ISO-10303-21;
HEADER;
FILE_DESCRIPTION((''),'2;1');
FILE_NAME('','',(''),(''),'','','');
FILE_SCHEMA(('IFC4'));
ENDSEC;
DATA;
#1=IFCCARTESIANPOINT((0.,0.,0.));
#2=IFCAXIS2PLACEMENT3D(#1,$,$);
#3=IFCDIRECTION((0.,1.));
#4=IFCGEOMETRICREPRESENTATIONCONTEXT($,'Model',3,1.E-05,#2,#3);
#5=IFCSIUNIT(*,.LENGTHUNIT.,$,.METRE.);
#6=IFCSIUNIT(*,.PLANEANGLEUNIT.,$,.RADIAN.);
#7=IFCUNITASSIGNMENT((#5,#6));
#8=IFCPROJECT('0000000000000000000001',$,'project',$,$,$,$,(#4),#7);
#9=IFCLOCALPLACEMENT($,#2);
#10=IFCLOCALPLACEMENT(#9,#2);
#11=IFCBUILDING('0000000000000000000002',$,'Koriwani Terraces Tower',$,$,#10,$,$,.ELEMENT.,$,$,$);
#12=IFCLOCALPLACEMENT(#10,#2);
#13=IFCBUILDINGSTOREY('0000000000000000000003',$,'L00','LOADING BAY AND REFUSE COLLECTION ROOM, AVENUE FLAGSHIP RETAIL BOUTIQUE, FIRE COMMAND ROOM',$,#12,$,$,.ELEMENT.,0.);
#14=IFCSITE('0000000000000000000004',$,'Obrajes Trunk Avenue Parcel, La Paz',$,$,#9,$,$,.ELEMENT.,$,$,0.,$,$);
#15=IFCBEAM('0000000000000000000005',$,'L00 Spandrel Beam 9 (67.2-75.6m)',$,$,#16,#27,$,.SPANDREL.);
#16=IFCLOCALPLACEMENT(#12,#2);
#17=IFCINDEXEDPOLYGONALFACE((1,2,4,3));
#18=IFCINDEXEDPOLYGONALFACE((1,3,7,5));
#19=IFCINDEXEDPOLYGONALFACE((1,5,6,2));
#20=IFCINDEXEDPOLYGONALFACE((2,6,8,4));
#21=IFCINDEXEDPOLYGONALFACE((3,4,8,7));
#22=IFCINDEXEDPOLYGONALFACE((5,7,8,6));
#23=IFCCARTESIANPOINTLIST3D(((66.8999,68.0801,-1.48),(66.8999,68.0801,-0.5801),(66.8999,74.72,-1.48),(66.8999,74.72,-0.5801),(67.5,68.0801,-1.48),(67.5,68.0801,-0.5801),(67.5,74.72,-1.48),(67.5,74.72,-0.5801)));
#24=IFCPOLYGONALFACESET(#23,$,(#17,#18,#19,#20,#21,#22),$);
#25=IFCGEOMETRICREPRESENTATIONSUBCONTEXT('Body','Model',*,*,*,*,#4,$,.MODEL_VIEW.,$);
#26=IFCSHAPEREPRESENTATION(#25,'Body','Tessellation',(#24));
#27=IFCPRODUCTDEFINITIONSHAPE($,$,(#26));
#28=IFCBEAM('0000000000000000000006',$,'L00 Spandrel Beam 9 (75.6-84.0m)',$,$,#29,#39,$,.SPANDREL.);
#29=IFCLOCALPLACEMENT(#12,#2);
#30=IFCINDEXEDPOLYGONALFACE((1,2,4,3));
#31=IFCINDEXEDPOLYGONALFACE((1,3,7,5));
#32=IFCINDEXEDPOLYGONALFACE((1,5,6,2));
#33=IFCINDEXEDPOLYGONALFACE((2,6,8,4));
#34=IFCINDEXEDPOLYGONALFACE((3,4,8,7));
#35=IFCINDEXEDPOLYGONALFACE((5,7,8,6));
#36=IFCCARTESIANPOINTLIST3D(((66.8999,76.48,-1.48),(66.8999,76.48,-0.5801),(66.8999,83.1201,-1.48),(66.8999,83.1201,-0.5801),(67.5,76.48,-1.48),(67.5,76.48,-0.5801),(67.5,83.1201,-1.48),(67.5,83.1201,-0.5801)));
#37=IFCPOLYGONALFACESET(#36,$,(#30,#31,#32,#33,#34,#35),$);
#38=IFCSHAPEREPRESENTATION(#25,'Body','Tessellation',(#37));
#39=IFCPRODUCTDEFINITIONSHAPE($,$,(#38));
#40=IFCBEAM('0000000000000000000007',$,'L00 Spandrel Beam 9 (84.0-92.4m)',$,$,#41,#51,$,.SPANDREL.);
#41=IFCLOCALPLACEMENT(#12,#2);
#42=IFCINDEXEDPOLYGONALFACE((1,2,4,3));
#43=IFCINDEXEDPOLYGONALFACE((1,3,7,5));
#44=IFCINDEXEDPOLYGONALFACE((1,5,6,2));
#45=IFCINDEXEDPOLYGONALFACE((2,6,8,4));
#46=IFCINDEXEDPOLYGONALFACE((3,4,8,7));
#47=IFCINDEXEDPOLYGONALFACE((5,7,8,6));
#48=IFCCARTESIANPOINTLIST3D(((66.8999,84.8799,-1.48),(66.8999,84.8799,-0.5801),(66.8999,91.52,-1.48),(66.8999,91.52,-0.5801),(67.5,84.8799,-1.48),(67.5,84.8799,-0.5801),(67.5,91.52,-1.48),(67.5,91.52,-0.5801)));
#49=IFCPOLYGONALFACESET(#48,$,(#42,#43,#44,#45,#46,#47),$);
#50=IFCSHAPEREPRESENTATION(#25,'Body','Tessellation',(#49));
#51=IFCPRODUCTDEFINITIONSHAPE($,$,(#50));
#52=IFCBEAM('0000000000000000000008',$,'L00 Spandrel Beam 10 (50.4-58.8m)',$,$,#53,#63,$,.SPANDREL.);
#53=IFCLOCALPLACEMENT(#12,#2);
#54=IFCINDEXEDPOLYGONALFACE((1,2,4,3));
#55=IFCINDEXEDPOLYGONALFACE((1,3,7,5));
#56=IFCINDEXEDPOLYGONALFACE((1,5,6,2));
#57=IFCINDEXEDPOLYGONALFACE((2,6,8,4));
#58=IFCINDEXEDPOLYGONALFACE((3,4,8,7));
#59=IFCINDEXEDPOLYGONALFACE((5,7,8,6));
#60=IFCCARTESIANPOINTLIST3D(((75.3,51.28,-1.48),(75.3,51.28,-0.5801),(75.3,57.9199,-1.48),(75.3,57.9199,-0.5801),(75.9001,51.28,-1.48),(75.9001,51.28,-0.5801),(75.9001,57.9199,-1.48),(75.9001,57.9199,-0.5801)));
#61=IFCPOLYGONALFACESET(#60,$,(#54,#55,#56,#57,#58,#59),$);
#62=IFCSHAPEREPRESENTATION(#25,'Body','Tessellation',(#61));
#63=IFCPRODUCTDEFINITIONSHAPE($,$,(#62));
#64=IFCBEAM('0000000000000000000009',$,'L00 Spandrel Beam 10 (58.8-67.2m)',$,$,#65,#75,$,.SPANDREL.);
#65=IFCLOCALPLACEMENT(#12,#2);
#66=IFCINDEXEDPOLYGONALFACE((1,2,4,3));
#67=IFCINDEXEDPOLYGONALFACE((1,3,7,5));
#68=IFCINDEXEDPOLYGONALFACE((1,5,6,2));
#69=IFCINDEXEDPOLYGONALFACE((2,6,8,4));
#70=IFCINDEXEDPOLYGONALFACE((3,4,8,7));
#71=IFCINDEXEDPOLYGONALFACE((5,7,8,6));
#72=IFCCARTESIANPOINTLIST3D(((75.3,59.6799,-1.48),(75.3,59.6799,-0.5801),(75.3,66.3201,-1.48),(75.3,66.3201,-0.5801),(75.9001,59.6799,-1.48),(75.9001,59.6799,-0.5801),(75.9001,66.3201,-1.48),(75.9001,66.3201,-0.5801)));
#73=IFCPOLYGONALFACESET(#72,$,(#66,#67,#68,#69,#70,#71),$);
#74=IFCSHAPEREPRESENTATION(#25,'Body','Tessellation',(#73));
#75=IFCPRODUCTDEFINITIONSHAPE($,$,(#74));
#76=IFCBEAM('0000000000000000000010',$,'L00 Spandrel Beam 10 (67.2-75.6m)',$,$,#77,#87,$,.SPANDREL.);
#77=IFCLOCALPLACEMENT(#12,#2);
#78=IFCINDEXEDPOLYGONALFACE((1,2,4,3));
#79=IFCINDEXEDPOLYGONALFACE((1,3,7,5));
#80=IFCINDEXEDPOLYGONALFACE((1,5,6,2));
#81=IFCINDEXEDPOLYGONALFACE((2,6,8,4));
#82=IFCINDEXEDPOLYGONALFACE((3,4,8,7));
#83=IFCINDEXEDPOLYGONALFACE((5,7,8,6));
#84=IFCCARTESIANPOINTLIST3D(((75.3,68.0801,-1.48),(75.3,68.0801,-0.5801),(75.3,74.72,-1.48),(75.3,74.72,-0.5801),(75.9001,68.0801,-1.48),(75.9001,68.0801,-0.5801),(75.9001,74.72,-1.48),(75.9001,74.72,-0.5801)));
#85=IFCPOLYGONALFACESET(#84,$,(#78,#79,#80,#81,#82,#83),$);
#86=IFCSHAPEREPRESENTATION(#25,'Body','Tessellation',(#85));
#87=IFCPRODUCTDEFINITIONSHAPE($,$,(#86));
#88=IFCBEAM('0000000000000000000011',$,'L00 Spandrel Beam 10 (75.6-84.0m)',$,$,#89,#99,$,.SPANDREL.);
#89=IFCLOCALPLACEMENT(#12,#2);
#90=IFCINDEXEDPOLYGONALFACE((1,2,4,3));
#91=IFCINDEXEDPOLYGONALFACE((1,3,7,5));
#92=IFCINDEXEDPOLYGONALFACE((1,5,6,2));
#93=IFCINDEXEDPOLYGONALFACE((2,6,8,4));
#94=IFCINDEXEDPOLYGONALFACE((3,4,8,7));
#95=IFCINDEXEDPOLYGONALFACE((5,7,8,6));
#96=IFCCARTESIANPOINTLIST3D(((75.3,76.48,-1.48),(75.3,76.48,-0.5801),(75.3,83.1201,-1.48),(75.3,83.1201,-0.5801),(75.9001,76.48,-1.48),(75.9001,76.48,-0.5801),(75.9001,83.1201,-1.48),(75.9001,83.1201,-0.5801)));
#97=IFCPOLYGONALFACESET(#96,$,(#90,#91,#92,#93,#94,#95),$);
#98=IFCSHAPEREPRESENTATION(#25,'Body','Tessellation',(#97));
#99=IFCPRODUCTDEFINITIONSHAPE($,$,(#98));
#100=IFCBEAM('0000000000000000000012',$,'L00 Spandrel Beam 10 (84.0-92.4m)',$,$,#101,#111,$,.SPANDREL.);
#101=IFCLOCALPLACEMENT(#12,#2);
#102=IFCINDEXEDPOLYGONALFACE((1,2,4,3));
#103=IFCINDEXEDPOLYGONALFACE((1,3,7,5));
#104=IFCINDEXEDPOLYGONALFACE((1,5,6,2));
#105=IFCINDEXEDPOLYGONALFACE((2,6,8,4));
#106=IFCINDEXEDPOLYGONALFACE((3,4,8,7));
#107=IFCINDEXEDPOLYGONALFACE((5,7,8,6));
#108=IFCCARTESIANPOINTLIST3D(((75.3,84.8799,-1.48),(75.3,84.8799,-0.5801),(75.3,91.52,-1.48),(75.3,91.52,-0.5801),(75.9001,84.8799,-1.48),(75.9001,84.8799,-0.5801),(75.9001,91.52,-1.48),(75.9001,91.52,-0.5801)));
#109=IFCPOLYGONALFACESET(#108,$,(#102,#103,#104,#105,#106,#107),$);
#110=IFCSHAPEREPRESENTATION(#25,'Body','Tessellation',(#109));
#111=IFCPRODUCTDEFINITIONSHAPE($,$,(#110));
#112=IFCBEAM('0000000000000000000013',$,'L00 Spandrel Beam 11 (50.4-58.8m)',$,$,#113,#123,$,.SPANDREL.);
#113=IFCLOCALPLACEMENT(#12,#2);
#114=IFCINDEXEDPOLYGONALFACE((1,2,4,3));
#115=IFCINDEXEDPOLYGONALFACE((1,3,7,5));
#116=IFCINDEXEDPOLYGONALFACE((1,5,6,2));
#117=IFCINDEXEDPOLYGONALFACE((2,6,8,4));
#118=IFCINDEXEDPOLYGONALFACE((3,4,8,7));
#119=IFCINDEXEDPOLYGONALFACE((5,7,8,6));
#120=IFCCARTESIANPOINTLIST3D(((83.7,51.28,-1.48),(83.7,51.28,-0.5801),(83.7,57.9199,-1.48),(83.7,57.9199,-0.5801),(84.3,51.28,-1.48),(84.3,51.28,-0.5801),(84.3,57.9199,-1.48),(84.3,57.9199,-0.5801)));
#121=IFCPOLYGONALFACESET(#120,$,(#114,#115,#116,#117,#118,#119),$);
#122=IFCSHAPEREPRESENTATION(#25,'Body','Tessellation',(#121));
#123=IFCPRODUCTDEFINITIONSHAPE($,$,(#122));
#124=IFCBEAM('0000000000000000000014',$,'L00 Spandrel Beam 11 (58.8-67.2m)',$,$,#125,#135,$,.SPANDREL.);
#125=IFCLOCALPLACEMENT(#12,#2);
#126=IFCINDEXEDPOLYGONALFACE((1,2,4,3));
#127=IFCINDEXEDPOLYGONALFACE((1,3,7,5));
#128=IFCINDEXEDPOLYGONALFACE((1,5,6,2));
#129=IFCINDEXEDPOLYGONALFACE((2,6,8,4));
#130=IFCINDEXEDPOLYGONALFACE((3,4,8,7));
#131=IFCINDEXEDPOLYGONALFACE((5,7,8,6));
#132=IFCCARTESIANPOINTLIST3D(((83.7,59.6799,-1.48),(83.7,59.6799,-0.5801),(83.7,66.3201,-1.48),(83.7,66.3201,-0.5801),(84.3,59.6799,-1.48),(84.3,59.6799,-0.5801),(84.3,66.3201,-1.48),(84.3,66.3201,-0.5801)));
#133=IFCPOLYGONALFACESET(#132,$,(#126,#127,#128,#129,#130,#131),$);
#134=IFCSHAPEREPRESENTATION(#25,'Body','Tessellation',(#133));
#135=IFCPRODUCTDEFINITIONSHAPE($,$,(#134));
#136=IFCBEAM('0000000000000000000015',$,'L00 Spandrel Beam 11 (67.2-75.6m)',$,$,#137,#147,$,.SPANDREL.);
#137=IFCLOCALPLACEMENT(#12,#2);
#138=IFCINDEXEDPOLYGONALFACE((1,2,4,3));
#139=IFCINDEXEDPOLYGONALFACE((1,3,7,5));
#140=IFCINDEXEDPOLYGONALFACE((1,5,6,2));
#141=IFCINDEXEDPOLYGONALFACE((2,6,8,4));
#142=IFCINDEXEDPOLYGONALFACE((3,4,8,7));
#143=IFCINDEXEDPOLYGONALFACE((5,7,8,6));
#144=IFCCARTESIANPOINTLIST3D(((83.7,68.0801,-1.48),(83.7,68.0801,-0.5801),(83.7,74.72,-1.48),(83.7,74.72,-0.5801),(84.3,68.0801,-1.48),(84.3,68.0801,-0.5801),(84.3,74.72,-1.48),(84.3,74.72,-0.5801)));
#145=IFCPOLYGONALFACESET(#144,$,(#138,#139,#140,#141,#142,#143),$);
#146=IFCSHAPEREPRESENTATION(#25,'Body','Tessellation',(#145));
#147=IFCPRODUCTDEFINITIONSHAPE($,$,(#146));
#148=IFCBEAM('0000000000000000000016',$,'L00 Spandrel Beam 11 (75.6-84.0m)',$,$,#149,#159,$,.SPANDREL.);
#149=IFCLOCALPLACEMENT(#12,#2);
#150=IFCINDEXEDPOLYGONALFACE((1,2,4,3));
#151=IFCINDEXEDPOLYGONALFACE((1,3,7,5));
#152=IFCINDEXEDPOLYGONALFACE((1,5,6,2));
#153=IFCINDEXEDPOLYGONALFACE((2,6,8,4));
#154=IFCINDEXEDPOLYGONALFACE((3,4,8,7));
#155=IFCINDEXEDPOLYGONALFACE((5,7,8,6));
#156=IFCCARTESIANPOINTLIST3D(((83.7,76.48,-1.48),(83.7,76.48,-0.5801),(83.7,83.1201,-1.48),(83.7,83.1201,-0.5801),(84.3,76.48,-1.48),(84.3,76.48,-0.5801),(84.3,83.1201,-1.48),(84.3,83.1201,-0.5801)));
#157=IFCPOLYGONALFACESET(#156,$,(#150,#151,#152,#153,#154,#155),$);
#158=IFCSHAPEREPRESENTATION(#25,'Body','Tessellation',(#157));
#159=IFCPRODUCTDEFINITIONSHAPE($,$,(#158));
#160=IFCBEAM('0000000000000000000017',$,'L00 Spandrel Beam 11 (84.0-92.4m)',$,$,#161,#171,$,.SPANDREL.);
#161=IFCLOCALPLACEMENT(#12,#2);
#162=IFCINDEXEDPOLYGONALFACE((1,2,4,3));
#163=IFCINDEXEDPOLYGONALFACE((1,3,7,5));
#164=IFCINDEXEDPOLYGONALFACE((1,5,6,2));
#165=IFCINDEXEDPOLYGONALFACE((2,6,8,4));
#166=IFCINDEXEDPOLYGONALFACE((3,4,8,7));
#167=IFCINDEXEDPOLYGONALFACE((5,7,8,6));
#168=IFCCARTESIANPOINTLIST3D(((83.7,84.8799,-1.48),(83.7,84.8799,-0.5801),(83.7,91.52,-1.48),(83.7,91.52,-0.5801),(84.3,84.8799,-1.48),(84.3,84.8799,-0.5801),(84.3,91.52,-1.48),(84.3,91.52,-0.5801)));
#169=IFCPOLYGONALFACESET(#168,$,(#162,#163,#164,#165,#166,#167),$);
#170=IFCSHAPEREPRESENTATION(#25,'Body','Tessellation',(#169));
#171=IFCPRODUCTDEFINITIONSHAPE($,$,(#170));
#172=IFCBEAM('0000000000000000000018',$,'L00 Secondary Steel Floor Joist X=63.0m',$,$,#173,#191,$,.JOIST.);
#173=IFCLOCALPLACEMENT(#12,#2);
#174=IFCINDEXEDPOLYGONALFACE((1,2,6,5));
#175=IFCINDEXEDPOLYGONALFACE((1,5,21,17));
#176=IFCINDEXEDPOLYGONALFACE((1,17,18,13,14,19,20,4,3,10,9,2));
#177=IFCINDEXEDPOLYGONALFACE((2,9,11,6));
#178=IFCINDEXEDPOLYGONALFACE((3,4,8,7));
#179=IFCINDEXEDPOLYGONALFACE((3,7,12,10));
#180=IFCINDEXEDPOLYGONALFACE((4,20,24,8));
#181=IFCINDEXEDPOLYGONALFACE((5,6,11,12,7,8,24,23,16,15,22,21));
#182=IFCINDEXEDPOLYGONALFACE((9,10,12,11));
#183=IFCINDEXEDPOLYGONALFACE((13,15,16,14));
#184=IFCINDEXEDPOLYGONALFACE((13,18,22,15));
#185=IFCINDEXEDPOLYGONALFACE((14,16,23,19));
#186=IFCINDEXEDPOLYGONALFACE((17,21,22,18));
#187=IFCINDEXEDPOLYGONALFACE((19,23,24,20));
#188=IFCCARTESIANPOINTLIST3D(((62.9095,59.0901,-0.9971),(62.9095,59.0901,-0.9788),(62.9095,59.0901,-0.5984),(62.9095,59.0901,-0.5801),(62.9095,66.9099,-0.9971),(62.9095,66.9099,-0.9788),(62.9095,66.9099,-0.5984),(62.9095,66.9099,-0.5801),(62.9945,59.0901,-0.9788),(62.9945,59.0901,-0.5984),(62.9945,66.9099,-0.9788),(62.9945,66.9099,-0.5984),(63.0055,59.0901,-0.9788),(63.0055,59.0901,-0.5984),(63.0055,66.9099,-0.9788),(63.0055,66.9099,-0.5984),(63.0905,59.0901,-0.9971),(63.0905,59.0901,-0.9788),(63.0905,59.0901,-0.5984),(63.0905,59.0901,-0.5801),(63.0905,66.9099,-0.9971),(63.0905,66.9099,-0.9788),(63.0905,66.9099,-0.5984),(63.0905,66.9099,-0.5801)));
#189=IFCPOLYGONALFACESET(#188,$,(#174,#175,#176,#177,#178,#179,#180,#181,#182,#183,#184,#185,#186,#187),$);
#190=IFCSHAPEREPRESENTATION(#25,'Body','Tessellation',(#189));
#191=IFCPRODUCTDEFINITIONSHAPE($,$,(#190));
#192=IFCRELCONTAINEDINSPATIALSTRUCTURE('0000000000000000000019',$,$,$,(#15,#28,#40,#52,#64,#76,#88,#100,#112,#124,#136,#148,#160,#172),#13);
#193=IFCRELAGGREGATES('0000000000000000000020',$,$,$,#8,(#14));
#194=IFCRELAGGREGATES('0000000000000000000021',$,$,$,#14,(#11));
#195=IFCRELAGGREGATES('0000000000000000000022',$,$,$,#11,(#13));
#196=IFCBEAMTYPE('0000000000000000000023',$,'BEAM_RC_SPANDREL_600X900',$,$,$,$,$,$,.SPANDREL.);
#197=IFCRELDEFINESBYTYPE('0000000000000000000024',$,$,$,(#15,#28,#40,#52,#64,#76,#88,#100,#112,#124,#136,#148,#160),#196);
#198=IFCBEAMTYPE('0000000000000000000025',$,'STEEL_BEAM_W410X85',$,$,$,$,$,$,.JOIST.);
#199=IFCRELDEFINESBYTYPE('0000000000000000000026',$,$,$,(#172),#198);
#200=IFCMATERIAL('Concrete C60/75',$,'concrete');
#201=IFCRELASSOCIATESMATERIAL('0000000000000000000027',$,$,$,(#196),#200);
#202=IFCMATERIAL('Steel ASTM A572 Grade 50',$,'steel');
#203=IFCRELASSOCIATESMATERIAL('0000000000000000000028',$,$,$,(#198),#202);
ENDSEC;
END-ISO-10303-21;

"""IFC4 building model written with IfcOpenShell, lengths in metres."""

from ifc_helpers import new_model, si_unit, direction, frame, origin, origin_2d, place, context, subcontext, project, spatial, rectangle, i_section, extrude, material, material_profile, profile_set, type_object, element, save


model = new_model("IFC4")

# Units and contexts
model_context = context("Model", 3, precision=1e-05, world=origin(), true_north=direction((0.0, 1.0)))
body_context = subcontext(model_context, "Body", "Model", "MODEL_VIEW")
ifc_project = project(units=[si_unit("LENGTHUNIT", "METRE"), si_unit("PLANEANGLEUNIT", "RADIAN")], contexts=[model_context])

# Site, building, storey
site_placement = place(None, origin())
site = spatial("IfcSite", under=ifc_project, at=site_placement, Name="Obrajes Trunk Avenue Parcel, La Paz", CompositionType="ELEMENT", RefElevation=0.0)
building_placement = place(site_placement, origin())
building = spatial("IfcBuilding", under=site, at=building_placement, Name="Koriwani Terraces Tower", CompositionType="ELEMENT")
storey_placement = place(building_placement, origin())
storey = spatial("IfcBuildingStorey", under=building, at=storey_placement, Name="L00", Description="LOADING BAY AND REFUSE COLLECTION ROOM, AVENUE FLAGSHIP RETAIL BOUTIQUE, FIRE COMMAND ROOM", CompositionType="ELEMENT", Elevation=0.0)

# Beams
ifc_material_1 = material(Name="Concrete C60/75", Category="concrete")
ifc_material_profile_1 = material_profile(ifc_material_1, rectangle(XDim=0.6001, YDim=0.8999, at=origin_2d()), Name="Concrete C60/75", Category="LoadBearing")
ifc_profile_set_1 = profile_set([ifc_material_profile_1], Name="Concrete C60/75")
beam_type_1 = type_object("IfcBeamType", Name="BEAM_RC_SPANDREL_600X900", PredefinedType="SPANDREL", material=ifc_profile_set_1)
beam_1_placement = place(storey_placement, frame((67.2, 68.0801, -1.03), z_axis=(0.0, 1.0, 0.0), x_axis=(-1.0, 0.0, 0.0)))
element("IfcBeam", 1, at=beam_1_placement, inside=storey, type_object=beam_type_1, Name="L00 Spandrel Beam 9 (67.2-75.6m)", PredefinedType="SPANDREL", context=body_context, shape_type="SweptSolid", body=[
    extrude(rectangle(XDim=0.6001, YDim=0.8999, at=origin_2d()), origin(), (0.0, 0.0, 1.0), 6.6399),
])
for number, where, z_axis, x_axis, name in (
    (2, (67.2, 76.48, -1.03), (0.0, 1.0, 0.0), (-1.0, 0.0, 0.0), "L00 Spandrel Beam 9 (75.6-84.0m)"),
    (3, (67.2, 84.8799, -1.03), (0.0, 1.0, 0.0), (-1.0, 0.0, 0.0), "L00 Spandrel Beam 9 (84.0-92.4m)"),
):
    element("IfcBeam", number, at=place(storey_placement, frame(where, z_axis=z_axis, x_axis=x_axis)), inside=storey, type_object=beam_type_1, Name=name, PredefinedType="SPANDREL", context=body_context, shape_type="SweptSolid", body=[
        extrude(rectangle(XDim=0.6001, YDim=0.8999, at=origin_2d()), origin(), (0.0, 0.0, 1.0), 6.6401),
    ])
beam_2_placement = place(storey_placement, frame((75.6001, 51.28, -1.03), z_axis=(0.0, 1.0, 0.0), x_axis=(-1.0, 0.0, 0.0)))
element("IfcBeam", 4, at=beam_2_placement, inside=storey, type_object=beam_type_1, Name="L00 Spandrel Beam 10 (50.4-58.8m)", PredefinedType="SPANDREL", context=body_context, shape_type="SweptSolid", body=[
    extrude(rectangle(XDim=0.6001, YDim=0.8999, at=origin_2d()), origin(), (0.0, 0.0, 1.0), 6.6399),
])
beam_3_placement = place(storey_placement, frame((75.6001, 59.6799, -1.03), z_axis=(0.0, 1.0, 0.0), x_axis=(-1.0, 0.0, 0.0)))
element("IfcBeam", 5, at=beam_3_placement, inside=storey, type_object=beam_type_1, Name="L00 Spandrel Beam 10 (58.8-67.2m)", PredefinedType="SPANDREL", context=body_context, shape_type="SweptSolid", body=[
    extrude(rectangle(XDim=0.6001, YDim=0.8999, at=origin_2d()), origin(), (0.0, 0.0, 1.0), 6.6401),
])
beam_4_placement = place(storey_placement, frame((75.6001, 68.0801, -1.03), z_axis=(0.0, 1.0, 0.0), x_axis=(-1.0, 0.0, 0.0)))
element("IfcBeam", 6, at=beam_4_placement, inside=storey, type_object=beam_type_1, Name="L00 Spandrel Beam 10 (67.2-75.6m)", PredefinedType="SPANDREL", context=body_context, shape_type="SweptSolid", body=[
    extrude(rectangle(XDim=0.6001, YDim=0.8999, at=origin_2d()), origin(), (0.0, 0.0, 1.0), 6.6399),
])
for number, where, z_axis, x_axis, name in (
    (7, (75.6001, 76.48, -1.03), (0.0, 1.0, 0.0), (-1.0, 0.0, 0.0), "L00 Spandrel Beam 10 (75.6-84.0m)"),
    (8, (75.6001, 84.8799, -1.03), (0.0, 1.0, 0.0), (-1.0, 0.0, 0.0), "L00 Spandrel Beam 10 (84.0-92.4m)"),
):
    element("IfcBeam", number, at=place(storey_placement, frame(where, z_axis=z_axis, x_axis=x_axis)), inside=storey, type_object=beam_type_1, Name=name, PredefinedType="SPANDREL", context=body_context, shape_type="SweptSolid", body=[
        extrude(rectangle(XDim=0.6001, YDim=0.8999, at=origin_2d()), origin(), (0.0, 0.0, 1.0), 6.6401),
    ])
beam_5_placement = place(storey_placement, frame((84.0, 51.28, -1.03), z_axis=(0.0, 1.0, 0.0), x_axis=(-1.0, 0.0, 0.0)))
element("IfcBeam", 9, at=beam_5_placement, inside=storey, type_object=beam_type_1, Name="L00 Spandrel Beam 11 (50.4-58.8m)", PredefinedType="SPANDREL", context=body_context, shape_type="SweptSolid", body=[
    extrude(rectangle(XDim=0.6001, YDim=0.8999, at=origin_2d()), origin(), (0.0, 0.0, 1.0), 6.6399),
])
beam_6_placement = place(storey_placement, frame((84.0, 59.6799, -1.03), z_axis=(0.0, 1.0, 0.0), x_axis=(-1.0, 0.0, 0.0)))
element("IfcBeam", 10, at=beam_6_placement, inside=storey, type_object=beam_type_1, Name="L00 Spandrel Beam 11 (58.8-67.2m)", PredefinedType="SPANDREL", context=body_context, shape_type="SweptSolid", body=[
    extrude(rectangle(XDim=0.6001, YDim=0.8999, at=origin_2d()), origin(), (0.0, 0.0, 1.0), 6.6401),
])
beam_7_placement = place(storey_placement, frame((84.0, 68.0801, -1.03), z_axis=(0.0, 1.0, 0.0), x_axis=(-1.0, 0.0, 0.0)))
element("IfcBeam", 11, at=beam_7_placement, inside=storey, type_object=beam_type_1, Name="L00 Spandrel Beam 11 (67.2-75.6m)", PredefinedType="SPANDREL", context=body_context, shape_type="SweptSolid", body=[
    extrude(rectangle(XDim=0.6001, YDim=0.8999, at=origin_2d()), origin(), (0.0, 0.0, 1.0), 6.6399),
])
for number, where, z_axis, x_axis, name in (
    (12, (84.0, 76.48, -1.03), (0.0, 1.0, 0.0), (-1.0, 0.0, 0.0), "L00 Spandrel Beam 11 (75.6-84.0m)"),
    (13, (84.0, 84.8799, -1.03), (0.0, 1.0, 0.0), (-1.0, 0.0, 0.0), "L00 Spandrel Beam 11 (84.0-92.4m)"),
):
    element("IfcBeam", number, at=place(storey_placement, frame(where, z_axis=z_axis, x_axis=x_axis)), inside=storey, type_object=beam_type_1, Name=name, PredefinedType="SPANDREL", context=body_context, shape_type="SweptSolid", body=[
        extrude(rectangle(XDim=0.6001, YDim=0.8999, at=origin_2d()), origin(), (0.0, 0.0, 1.0), 6.6401),
    ])
ifc_material_2 = material(Name="Steel ASTM A572 Grade 50", Category="steel")
ifc_material_profile_2 = material_profile(ifc_material_2, i_section(OverallWidth=0.1809, OverallDepth=0.417, WebThickness=0.011, FlangeThickness=0.0183, at=origin_2d()), Name="Steel ASTM A572 Grade 50", Category="LoadBearing")
ifc_profile_set_2 = profile_set([ifc_material_profile_2], Name="Steel ASTM A572 Grade 50")
beam_type_2 = type_object("IfcBeamType", Name="STEEL_BEAM_W410X85", PredefinedType="JOIST", material=ifc_profile_set_2)
beam_8_placement = place(storey_placement, frame((63.0, 59.0901, -0.7886), z_axis=(0.0, 1.0, 0.0), x_axis=(-1.0, 0.0, 0.0)))
element("IfcBeam", 14, at=beam_8_placement, inside=storey, type_object=beam_type_2, Name="L00 Secondary Steel Floor Joist X=63.0m", PredefinedType="JOIST", context=body_context, shape_type="SweptSolid", body=[
    extrude(i_section(OverallWidth=0.1809, OverallDepth=0.417, WebThickness=0.011, FlangeThickness=0.0183, at=origin_2d()), origin(), (0.0, 0.0, 1.0), 7.8198),
])

save(model, "model.ifc")
